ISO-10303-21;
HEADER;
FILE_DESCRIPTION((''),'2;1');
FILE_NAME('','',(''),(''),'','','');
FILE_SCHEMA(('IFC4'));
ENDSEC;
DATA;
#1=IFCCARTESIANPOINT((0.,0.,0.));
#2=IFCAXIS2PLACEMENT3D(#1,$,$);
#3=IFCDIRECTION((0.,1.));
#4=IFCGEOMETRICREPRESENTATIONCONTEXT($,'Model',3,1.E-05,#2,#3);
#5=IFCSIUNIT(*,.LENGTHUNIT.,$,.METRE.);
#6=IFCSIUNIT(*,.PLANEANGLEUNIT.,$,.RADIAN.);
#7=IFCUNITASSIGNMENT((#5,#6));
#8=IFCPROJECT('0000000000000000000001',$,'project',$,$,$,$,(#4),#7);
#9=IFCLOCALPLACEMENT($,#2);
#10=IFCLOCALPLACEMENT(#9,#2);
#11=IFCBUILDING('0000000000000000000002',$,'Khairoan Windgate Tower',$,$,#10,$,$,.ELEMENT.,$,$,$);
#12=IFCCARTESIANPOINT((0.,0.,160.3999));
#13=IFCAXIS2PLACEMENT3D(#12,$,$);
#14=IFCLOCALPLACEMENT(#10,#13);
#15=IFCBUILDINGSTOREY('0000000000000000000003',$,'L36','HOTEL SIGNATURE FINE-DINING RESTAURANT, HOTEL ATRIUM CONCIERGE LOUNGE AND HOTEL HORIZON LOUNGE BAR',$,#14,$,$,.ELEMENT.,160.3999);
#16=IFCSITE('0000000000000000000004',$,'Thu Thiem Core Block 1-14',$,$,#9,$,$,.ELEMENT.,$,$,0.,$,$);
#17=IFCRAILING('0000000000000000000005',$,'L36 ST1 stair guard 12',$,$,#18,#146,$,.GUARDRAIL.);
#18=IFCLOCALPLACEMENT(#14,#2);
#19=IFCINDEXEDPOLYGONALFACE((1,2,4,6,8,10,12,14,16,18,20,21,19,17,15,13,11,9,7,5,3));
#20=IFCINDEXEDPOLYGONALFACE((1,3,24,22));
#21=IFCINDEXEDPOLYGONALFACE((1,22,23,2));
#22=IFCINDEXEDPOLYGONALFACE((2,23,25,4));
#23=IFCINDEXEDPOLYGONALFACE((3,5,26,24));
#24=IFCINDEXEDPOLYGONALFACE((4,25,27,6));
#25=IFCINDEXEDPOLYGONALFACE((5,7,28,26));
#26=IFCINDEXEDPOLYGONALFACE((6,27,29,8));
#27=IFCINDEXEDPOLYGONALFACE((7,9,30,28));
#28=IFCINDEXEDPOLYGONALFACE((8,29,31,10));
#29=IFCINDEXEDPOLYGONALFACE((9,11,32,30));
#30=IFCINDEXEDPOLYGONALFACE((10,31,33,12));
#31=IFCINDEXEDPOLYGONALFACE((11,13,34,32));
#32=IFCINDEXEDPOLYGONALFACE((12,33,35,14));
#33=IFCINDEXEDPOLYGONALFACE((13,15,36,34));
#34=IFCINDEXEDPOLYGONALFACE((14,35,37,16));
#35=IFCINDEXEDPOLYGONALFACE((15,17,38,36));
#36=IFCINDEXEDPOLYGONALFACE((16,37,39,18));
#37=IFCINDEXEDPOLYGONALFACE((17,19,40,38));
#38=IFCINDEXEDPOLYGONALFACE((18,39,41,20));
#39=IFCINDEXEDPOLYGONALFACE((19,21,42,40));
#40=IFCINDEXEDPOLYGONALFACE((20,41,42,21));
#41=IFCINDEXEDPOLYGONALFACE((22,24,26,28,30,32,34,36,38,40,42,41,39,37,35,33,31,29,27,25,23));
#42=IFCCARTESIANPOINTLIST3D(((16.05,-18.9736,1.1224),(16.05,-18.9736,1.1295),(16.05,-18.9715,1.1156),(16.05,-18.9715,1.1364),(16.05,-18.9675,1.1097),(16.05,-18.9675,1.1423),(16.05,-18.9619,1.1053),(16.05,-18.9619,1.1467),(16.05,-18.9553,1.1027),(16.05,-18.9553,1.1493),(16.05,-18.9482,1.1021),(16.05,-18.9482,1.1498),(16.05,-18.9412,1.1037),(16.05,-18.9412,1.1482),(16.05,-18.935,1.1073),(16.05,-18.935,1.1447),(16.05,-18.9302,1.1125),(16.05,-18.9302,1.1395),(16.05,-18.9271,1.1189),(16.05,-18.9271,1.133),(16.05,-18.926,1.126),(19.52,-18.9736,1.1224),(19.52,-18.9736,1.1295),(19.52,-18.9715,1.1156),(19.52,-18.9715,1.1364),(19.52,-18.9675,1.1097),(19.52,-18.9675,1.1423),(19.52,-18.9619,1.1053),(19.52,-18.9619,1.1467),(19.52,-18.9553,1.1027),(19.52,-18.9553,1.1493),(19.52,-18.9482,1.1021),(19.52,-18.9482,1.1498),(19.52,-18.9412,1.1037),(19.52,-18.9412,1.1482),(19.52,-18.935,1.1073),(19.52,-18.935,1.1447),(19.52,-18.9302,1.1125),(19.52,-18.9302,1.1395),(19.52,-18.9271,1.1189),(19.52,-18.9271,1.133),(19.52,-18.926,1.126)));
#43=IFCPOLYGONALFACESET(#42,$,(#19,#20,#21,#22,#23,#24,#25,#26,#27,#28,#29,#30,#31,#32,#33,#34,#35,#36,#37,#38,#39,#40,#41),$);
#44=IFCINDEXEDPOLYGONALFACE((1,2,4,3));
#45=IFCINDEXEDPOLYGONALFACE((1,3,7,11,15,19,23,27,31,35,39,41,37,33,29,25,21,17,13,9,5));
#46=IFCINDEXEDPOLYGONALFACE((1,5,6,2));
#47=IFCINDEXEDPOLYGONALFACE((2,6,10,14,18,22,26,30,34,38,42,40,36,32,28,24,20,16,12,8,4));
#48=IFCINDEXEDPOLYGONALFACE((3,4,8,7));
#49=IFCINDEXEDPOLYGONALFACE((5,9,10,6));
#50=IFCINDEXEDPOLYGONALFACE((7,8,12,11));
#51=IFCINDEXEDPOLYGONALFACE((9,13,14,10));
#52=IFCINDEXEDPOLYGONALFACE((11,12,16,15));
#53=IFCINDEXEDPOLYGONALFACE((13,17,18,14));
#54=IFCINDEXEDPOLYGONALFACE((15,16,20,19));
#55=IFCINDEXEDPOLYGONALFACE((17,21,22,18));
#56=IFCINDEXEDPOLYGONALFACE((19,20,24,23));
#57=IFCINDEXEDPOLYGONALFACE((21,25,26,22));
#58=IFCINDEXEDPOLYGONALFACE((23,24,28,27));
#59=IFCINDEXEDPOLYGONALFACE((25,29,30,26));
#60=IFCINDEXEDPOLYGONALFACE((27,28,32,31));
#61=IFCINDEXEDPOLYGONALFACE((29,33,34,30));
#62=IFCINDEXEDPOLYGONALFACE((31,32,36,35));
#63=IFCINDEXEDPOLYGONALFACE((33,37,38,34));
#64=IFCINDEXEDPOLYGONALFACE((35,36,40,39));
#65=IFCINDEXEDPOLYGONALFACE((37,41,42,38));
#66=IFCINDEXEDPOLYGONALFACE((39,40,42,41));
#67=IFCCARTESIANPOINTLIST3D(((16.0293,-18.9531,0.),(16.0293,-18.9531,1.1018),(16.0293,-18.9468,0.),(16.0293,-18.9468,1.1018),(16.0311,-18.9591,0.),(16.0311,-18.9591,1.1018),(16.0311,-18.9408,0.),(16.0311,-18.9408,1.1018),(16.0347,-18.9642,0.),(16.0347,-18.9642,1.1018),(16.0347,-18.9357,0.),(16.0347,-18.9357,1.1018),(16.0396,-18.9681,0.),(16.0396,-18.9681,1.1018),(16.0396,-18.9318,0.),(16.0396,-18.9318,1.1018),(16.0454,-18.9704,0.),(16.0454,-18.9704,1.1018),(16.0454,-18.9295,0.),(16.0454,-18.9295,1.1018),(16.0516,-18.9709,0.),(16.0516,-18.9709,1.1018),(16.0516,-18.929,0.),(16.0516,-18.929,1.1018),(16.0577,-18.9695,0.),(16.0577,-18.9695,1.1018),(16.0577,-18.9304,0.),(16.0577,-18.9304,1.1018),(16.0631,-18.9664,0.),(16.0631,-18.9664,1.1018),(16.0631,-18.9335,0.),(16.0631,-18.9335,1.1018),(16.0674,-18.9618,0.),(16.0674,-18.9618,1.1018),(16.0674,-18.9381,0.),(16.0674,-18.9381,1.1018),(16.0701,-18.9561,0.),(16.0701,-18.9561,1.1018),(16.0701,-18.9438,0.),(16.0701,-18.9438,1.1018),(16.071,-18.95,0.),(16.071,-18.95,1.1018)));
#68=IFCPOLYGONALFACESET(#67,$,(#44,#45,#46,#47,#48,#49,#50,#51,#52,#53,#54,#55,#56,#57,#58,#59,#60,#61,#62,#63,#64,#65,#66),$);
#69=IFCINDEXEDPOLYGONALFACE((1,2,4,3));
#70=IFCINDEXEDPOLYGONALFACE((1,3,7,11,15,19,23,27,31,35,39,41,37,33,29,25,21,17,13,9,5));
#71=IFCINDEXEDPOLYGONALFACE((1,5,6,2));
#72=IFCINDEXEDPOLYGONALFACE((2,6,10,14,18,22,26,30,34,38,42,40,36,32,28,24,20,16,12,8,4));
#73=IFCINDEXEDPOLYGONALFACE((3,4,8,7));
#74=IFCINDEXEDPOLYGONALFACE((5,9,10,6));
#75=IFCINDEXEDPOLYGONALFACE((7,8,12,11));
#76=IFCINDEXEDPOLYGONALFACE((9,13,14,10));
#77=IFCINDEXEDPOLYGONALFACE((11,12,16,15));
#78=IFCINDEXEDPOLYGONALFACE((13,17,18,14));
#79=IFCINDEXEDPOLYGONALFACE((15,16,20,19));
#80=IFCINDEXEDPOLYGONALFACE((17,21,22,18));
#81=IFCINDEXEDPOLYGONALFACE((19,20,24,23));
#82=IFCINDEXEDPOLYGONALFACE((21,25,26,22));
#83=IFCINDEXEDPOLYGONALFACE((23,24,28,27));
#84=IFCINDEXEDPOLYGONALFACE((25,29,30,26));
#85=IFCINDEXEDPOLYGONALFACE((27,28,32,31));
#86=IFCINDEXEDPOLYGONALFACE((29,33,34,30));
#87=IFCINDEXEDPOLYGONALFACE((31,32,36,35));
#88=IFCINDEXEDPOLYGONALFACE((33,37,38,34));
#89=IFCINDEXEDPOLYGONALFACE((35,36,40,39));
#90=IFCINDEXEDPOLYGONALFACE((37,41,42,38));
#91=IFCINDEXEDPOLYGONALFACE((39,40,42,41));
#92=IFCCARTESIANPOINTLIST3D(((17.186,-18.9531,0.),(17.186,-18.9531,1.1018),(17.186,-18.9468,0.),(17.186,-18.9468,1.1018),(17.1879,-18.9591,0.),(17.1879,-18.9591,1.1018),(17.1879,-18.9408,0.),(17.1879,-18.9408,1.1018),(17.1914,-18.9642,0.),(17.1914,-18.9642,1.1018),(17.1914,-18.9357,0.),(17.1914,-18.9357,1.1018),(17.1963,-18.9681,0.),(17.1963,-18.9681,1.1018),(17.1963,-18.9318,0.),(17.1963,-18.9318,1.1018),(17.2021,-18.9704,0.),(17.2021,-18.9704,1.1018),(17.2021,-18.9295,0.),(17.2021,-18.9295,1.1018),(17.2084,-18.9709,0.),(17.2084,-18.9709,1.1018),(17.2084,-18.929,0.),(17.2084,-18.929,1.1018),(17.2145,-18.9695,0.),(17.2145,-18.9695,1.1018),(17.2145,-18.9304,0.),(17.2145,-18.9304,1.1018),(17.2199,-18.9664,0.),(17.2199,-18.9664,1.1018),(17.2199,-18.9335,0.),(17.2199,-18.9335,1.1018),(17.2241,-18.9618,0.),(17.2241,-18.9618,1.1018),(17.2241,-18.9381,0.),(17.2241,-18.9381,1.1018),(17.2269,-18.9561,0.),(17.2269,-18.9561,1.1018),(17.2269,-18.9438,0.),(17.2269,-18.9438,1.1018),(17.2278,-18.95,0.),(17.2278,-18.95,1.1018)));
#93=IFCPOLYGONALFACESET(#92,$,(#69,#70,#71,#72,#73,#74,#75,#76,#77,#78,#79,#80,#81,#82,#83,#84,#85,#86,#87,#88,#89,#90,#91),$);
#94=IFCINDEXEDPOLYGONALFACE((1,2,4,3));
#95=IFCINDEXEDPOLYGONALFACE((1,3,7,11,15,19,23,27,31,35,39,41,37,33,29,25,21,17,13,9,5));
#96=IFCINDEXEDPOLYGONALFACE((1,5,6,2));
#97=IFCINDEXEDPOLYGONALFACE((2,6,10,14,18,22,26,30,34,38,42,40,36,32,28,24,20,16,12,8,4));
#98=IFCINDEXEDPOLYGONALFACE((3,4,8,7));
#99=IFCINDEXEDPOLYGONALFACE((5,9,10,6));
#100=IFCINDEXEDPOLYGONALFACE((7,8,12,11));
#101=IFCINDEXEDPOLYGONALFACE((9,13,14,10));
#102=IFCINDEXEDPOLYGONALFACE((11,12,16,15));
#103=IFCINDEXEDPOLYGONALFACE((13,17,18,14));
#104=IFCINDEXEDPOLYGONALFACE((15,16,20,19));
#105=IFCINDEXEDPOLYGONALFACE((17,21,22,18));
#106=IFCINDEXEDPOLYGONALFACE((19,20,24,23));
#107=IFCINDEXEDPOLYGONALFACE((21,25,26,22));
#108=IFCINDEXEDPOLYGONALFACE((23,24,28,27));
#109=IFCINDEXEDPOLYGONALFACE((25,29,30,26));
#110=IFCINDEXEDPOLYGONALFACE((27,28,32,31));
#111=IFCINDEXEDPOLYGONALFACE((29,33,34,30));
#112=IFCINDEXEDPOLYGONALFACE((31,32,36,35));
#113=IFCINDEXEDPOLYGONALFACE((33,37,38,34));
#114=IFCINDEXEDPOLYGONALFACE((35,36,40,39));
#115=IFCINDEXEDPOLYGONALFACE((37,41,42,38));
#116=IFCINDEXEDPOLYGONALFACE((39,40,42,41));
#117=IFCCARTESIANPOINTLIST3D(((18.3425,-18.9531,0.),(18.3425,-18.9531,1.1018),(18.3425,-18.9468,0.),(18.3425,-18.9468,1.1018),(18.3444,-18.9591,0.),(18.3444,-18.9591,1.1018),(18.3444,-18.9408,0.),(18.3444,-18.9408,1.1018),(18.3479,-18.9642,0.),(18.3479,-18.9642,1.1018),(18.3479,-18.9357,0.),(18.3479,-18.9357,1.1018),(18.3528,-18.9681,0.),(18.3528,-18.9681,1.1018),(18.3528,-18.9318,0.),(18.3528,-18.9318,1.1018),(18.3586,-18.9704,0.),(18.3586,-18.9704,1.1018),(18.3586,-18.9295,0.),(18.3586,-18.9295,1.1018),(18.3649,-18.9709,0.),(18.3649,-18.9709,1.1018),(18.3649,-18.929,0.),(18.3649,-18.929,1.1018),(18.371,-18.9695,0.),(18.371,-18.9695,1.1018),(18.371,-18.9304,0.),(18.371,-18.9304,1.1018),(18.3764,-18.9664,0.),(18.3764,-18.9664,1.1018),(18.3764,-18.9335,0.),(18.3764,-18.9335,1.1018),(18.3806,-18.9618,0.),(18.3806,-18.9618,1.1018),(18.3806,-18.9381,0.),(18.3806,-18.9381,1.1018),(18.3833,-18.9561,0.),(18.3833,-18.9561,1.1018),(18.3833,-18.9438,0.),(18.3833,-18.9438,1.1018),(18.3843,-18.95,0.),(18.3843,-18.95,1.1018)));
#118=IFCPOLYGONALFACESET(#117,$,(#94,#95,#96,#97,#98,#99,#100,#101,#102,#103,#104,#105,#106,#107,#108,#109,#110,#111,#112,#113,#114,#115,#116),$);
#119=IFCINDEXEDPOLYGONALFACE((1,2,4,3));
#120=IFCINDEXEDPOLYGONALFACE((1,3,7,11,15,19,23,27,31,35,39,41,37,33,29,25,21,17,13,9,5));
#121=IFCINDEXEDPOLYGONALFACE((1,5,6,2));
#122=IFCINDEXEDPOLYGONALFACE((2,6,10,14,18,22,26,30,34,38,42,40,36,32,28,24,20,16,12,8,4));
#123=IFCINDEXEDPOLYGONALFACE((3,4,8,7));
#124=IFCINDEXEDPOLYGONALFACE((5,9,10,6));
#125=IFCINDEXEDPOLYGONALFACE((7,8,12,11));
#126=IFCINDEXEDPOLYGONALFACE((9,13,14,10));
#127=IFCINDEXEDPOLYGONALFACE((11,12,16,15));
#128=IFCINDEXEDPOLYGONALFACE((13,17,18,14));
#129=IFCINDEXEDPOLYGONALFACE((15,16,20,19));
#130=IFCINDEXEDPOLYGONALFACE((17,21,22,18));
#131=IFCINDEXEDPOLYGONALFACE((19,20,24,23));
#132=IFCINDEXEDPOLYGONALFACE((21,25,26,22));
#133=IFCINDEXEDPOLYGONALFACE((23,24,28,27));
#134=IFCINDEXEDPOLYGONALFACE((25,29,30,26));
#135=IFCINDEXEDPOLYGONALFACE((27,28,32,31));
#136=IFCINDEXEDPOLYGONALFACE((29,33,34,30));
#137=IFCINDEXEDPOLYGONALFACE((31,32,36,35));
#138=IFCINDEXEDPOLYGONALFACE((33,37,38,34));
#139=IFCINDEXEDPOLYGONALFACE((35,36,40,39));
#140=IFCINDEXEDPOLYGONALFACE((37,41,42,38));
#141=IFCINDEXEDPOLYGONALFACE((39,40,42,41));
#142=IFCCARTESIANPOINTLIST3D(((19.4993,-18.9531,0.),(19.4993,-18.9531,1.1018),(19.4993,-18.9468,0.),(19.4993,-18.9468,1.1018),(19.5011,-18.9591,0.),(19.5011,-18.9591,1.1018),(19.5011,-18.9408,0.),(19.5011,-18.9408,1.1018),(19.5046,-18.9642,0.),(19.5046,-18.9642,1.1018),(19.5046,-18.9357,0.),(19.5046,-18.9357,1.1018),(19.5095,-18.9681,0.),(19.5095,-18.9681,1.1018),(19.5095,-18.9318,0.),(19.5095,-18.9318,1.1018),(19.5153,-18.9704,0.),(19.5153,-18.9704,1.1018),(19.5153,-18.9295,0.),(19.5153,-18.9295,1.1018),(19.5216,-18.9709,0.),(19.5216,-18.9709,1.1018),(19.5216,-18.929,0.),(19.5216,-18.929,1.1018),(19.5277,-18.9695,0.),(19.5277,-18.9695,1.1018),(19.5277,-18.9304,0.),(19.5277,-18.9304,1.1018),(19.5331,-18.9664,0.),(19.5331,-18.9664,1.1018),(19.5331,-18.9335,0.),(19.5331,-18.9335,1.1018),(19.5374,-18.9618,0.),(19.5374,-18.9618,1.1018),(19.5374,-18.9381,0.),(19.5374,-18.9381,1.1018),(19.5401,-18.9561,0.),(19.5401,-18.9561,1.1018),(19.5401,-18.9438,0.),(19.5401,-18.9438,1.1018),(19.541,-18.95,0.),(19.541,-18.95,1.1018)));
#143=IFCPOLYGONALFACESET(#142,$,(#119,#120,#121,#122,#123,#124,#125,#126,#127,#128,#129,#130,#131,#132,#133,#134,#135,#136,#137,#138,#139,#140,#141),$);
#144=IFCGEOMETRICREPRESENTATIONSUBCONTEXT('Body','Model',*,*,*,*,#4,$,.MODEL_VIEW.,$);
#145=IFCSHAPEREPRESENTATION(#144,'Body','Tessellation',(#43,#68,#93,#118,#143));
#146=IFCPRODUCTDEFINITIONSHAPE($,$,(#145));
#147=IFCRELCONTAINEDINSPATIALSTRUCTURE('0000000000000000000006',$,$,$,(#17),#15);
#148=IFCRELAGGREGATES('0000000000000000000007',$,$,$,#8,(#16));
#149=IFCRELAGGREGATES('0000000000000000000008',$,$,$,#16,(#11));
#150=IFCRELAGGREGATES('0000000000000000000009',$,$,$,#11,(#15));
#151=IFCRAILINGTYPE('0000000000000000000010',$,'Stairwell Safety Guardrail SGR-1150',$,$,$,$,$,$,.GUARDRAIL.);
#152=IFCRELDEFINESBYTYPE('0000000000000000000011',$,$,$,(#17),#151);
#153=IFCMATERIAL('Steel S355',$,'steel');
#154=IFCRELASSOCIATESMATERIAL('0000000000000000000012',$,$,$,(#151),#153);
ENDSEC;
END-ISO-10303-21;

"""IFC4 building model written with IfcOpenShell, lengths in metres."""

from ifc_helpers import new_model, si_unit, direction, frame, origin, origin_2d, place, context, subcontext, project, spatial, circle, extrude, material, type_object, element, save


model = new_model("IFC4")

# Units and contexts
model_context = context("Model", 3, precision=1e-05, world=origin(), true_north=direction((0.0, 1.0)))
body_context = subcontext(model_context, "Body", "Model", "MODEL_VIEW")
ifc_project = project(units=[si_unit("LENGTHUNIT", "METRE"), si_unit("PLANEANGLEUNIT", "RADIAN")], contexts=[model_context])

# Site, building, storey
site_placement = place(None, origin())
site = spatial("IfcSite", under=ifc_project, at=site_placement, Name="Thu Thiem Core Block 1-14", CompositionType="ELEMENT", RefElevation=0.0)
building_placement = place(site_placement, origin())
building = spatial("IfcBuilding", under=site, at=building_placement, Name="Khairoan Windgate Tower", CompositionType="ELEMENT")
storey_placement = place(building_placement, frame((0.0, 0.0, 160.3999)))
storey = spatial("IfcBuildingStorey", under=building, at=storey_placement, Name="L36", Description="HOTEL SIGNATURE FINE-DINING RESTAURANT, HOTEL ATRIUM CONCIERGE LOUNGE AND HOTEL HORIZON LOUNGE BAR", CompositionType="ELEMENT", Elevation=160.3999)

# Railing
ifc_material_1 = material(Name="Steel S355", Category="steel")
railing_type_1 = type_object("IfcRailingType", Name="Stairwell Safety Guardrail SGR-1150", PredefinedType="GUARDRAIL", material=ifc_material_1)
railing_1_placement = place(storey_placement, frame((16.05, -18.95, 0.0)))
element("IfcRailing", 1, at=railing_1_placement, inside=storey, type_object=railing_type_1, Name="L36 ST1 stair guard 12", PredefinedType="GUARDRAIL", context=body_context, shape_type="SweptSolid", body=[
    extrude(circle(Radius=0.0239, at=origin_2d()), frame((0.0, 0.0, 1.126), z_axis=(1.0, 0.0, 0.0), x_axis=(0.0, 1.0, 0.0)), (0.0, 0.0, 1.0), 3.47),
    extrude(circle(Radius=0.021, at=origin_2d()), origin(), (0.0, 0.0, 1.0), 1.1018),
    extrude(circle(Radius=0.021, at=origin_2d()), frame((1.1567, 0.0, 0.0)), (0.0, 0.0, 1.0), 1.1018),
    extrude(circle(Radius=0.021, at=origin_2d()), frame((2.3132, 0.0, 0.0)), (0.0, 0.0, 1.0), 1.1018),
    extrude(circle(Radius=0.021, at=origin_2d()), frame((3.47, 0.0, 0.0)), (0.0, 0.0, 1.0), 1.1018),
])

save(model, "model.ifc")
